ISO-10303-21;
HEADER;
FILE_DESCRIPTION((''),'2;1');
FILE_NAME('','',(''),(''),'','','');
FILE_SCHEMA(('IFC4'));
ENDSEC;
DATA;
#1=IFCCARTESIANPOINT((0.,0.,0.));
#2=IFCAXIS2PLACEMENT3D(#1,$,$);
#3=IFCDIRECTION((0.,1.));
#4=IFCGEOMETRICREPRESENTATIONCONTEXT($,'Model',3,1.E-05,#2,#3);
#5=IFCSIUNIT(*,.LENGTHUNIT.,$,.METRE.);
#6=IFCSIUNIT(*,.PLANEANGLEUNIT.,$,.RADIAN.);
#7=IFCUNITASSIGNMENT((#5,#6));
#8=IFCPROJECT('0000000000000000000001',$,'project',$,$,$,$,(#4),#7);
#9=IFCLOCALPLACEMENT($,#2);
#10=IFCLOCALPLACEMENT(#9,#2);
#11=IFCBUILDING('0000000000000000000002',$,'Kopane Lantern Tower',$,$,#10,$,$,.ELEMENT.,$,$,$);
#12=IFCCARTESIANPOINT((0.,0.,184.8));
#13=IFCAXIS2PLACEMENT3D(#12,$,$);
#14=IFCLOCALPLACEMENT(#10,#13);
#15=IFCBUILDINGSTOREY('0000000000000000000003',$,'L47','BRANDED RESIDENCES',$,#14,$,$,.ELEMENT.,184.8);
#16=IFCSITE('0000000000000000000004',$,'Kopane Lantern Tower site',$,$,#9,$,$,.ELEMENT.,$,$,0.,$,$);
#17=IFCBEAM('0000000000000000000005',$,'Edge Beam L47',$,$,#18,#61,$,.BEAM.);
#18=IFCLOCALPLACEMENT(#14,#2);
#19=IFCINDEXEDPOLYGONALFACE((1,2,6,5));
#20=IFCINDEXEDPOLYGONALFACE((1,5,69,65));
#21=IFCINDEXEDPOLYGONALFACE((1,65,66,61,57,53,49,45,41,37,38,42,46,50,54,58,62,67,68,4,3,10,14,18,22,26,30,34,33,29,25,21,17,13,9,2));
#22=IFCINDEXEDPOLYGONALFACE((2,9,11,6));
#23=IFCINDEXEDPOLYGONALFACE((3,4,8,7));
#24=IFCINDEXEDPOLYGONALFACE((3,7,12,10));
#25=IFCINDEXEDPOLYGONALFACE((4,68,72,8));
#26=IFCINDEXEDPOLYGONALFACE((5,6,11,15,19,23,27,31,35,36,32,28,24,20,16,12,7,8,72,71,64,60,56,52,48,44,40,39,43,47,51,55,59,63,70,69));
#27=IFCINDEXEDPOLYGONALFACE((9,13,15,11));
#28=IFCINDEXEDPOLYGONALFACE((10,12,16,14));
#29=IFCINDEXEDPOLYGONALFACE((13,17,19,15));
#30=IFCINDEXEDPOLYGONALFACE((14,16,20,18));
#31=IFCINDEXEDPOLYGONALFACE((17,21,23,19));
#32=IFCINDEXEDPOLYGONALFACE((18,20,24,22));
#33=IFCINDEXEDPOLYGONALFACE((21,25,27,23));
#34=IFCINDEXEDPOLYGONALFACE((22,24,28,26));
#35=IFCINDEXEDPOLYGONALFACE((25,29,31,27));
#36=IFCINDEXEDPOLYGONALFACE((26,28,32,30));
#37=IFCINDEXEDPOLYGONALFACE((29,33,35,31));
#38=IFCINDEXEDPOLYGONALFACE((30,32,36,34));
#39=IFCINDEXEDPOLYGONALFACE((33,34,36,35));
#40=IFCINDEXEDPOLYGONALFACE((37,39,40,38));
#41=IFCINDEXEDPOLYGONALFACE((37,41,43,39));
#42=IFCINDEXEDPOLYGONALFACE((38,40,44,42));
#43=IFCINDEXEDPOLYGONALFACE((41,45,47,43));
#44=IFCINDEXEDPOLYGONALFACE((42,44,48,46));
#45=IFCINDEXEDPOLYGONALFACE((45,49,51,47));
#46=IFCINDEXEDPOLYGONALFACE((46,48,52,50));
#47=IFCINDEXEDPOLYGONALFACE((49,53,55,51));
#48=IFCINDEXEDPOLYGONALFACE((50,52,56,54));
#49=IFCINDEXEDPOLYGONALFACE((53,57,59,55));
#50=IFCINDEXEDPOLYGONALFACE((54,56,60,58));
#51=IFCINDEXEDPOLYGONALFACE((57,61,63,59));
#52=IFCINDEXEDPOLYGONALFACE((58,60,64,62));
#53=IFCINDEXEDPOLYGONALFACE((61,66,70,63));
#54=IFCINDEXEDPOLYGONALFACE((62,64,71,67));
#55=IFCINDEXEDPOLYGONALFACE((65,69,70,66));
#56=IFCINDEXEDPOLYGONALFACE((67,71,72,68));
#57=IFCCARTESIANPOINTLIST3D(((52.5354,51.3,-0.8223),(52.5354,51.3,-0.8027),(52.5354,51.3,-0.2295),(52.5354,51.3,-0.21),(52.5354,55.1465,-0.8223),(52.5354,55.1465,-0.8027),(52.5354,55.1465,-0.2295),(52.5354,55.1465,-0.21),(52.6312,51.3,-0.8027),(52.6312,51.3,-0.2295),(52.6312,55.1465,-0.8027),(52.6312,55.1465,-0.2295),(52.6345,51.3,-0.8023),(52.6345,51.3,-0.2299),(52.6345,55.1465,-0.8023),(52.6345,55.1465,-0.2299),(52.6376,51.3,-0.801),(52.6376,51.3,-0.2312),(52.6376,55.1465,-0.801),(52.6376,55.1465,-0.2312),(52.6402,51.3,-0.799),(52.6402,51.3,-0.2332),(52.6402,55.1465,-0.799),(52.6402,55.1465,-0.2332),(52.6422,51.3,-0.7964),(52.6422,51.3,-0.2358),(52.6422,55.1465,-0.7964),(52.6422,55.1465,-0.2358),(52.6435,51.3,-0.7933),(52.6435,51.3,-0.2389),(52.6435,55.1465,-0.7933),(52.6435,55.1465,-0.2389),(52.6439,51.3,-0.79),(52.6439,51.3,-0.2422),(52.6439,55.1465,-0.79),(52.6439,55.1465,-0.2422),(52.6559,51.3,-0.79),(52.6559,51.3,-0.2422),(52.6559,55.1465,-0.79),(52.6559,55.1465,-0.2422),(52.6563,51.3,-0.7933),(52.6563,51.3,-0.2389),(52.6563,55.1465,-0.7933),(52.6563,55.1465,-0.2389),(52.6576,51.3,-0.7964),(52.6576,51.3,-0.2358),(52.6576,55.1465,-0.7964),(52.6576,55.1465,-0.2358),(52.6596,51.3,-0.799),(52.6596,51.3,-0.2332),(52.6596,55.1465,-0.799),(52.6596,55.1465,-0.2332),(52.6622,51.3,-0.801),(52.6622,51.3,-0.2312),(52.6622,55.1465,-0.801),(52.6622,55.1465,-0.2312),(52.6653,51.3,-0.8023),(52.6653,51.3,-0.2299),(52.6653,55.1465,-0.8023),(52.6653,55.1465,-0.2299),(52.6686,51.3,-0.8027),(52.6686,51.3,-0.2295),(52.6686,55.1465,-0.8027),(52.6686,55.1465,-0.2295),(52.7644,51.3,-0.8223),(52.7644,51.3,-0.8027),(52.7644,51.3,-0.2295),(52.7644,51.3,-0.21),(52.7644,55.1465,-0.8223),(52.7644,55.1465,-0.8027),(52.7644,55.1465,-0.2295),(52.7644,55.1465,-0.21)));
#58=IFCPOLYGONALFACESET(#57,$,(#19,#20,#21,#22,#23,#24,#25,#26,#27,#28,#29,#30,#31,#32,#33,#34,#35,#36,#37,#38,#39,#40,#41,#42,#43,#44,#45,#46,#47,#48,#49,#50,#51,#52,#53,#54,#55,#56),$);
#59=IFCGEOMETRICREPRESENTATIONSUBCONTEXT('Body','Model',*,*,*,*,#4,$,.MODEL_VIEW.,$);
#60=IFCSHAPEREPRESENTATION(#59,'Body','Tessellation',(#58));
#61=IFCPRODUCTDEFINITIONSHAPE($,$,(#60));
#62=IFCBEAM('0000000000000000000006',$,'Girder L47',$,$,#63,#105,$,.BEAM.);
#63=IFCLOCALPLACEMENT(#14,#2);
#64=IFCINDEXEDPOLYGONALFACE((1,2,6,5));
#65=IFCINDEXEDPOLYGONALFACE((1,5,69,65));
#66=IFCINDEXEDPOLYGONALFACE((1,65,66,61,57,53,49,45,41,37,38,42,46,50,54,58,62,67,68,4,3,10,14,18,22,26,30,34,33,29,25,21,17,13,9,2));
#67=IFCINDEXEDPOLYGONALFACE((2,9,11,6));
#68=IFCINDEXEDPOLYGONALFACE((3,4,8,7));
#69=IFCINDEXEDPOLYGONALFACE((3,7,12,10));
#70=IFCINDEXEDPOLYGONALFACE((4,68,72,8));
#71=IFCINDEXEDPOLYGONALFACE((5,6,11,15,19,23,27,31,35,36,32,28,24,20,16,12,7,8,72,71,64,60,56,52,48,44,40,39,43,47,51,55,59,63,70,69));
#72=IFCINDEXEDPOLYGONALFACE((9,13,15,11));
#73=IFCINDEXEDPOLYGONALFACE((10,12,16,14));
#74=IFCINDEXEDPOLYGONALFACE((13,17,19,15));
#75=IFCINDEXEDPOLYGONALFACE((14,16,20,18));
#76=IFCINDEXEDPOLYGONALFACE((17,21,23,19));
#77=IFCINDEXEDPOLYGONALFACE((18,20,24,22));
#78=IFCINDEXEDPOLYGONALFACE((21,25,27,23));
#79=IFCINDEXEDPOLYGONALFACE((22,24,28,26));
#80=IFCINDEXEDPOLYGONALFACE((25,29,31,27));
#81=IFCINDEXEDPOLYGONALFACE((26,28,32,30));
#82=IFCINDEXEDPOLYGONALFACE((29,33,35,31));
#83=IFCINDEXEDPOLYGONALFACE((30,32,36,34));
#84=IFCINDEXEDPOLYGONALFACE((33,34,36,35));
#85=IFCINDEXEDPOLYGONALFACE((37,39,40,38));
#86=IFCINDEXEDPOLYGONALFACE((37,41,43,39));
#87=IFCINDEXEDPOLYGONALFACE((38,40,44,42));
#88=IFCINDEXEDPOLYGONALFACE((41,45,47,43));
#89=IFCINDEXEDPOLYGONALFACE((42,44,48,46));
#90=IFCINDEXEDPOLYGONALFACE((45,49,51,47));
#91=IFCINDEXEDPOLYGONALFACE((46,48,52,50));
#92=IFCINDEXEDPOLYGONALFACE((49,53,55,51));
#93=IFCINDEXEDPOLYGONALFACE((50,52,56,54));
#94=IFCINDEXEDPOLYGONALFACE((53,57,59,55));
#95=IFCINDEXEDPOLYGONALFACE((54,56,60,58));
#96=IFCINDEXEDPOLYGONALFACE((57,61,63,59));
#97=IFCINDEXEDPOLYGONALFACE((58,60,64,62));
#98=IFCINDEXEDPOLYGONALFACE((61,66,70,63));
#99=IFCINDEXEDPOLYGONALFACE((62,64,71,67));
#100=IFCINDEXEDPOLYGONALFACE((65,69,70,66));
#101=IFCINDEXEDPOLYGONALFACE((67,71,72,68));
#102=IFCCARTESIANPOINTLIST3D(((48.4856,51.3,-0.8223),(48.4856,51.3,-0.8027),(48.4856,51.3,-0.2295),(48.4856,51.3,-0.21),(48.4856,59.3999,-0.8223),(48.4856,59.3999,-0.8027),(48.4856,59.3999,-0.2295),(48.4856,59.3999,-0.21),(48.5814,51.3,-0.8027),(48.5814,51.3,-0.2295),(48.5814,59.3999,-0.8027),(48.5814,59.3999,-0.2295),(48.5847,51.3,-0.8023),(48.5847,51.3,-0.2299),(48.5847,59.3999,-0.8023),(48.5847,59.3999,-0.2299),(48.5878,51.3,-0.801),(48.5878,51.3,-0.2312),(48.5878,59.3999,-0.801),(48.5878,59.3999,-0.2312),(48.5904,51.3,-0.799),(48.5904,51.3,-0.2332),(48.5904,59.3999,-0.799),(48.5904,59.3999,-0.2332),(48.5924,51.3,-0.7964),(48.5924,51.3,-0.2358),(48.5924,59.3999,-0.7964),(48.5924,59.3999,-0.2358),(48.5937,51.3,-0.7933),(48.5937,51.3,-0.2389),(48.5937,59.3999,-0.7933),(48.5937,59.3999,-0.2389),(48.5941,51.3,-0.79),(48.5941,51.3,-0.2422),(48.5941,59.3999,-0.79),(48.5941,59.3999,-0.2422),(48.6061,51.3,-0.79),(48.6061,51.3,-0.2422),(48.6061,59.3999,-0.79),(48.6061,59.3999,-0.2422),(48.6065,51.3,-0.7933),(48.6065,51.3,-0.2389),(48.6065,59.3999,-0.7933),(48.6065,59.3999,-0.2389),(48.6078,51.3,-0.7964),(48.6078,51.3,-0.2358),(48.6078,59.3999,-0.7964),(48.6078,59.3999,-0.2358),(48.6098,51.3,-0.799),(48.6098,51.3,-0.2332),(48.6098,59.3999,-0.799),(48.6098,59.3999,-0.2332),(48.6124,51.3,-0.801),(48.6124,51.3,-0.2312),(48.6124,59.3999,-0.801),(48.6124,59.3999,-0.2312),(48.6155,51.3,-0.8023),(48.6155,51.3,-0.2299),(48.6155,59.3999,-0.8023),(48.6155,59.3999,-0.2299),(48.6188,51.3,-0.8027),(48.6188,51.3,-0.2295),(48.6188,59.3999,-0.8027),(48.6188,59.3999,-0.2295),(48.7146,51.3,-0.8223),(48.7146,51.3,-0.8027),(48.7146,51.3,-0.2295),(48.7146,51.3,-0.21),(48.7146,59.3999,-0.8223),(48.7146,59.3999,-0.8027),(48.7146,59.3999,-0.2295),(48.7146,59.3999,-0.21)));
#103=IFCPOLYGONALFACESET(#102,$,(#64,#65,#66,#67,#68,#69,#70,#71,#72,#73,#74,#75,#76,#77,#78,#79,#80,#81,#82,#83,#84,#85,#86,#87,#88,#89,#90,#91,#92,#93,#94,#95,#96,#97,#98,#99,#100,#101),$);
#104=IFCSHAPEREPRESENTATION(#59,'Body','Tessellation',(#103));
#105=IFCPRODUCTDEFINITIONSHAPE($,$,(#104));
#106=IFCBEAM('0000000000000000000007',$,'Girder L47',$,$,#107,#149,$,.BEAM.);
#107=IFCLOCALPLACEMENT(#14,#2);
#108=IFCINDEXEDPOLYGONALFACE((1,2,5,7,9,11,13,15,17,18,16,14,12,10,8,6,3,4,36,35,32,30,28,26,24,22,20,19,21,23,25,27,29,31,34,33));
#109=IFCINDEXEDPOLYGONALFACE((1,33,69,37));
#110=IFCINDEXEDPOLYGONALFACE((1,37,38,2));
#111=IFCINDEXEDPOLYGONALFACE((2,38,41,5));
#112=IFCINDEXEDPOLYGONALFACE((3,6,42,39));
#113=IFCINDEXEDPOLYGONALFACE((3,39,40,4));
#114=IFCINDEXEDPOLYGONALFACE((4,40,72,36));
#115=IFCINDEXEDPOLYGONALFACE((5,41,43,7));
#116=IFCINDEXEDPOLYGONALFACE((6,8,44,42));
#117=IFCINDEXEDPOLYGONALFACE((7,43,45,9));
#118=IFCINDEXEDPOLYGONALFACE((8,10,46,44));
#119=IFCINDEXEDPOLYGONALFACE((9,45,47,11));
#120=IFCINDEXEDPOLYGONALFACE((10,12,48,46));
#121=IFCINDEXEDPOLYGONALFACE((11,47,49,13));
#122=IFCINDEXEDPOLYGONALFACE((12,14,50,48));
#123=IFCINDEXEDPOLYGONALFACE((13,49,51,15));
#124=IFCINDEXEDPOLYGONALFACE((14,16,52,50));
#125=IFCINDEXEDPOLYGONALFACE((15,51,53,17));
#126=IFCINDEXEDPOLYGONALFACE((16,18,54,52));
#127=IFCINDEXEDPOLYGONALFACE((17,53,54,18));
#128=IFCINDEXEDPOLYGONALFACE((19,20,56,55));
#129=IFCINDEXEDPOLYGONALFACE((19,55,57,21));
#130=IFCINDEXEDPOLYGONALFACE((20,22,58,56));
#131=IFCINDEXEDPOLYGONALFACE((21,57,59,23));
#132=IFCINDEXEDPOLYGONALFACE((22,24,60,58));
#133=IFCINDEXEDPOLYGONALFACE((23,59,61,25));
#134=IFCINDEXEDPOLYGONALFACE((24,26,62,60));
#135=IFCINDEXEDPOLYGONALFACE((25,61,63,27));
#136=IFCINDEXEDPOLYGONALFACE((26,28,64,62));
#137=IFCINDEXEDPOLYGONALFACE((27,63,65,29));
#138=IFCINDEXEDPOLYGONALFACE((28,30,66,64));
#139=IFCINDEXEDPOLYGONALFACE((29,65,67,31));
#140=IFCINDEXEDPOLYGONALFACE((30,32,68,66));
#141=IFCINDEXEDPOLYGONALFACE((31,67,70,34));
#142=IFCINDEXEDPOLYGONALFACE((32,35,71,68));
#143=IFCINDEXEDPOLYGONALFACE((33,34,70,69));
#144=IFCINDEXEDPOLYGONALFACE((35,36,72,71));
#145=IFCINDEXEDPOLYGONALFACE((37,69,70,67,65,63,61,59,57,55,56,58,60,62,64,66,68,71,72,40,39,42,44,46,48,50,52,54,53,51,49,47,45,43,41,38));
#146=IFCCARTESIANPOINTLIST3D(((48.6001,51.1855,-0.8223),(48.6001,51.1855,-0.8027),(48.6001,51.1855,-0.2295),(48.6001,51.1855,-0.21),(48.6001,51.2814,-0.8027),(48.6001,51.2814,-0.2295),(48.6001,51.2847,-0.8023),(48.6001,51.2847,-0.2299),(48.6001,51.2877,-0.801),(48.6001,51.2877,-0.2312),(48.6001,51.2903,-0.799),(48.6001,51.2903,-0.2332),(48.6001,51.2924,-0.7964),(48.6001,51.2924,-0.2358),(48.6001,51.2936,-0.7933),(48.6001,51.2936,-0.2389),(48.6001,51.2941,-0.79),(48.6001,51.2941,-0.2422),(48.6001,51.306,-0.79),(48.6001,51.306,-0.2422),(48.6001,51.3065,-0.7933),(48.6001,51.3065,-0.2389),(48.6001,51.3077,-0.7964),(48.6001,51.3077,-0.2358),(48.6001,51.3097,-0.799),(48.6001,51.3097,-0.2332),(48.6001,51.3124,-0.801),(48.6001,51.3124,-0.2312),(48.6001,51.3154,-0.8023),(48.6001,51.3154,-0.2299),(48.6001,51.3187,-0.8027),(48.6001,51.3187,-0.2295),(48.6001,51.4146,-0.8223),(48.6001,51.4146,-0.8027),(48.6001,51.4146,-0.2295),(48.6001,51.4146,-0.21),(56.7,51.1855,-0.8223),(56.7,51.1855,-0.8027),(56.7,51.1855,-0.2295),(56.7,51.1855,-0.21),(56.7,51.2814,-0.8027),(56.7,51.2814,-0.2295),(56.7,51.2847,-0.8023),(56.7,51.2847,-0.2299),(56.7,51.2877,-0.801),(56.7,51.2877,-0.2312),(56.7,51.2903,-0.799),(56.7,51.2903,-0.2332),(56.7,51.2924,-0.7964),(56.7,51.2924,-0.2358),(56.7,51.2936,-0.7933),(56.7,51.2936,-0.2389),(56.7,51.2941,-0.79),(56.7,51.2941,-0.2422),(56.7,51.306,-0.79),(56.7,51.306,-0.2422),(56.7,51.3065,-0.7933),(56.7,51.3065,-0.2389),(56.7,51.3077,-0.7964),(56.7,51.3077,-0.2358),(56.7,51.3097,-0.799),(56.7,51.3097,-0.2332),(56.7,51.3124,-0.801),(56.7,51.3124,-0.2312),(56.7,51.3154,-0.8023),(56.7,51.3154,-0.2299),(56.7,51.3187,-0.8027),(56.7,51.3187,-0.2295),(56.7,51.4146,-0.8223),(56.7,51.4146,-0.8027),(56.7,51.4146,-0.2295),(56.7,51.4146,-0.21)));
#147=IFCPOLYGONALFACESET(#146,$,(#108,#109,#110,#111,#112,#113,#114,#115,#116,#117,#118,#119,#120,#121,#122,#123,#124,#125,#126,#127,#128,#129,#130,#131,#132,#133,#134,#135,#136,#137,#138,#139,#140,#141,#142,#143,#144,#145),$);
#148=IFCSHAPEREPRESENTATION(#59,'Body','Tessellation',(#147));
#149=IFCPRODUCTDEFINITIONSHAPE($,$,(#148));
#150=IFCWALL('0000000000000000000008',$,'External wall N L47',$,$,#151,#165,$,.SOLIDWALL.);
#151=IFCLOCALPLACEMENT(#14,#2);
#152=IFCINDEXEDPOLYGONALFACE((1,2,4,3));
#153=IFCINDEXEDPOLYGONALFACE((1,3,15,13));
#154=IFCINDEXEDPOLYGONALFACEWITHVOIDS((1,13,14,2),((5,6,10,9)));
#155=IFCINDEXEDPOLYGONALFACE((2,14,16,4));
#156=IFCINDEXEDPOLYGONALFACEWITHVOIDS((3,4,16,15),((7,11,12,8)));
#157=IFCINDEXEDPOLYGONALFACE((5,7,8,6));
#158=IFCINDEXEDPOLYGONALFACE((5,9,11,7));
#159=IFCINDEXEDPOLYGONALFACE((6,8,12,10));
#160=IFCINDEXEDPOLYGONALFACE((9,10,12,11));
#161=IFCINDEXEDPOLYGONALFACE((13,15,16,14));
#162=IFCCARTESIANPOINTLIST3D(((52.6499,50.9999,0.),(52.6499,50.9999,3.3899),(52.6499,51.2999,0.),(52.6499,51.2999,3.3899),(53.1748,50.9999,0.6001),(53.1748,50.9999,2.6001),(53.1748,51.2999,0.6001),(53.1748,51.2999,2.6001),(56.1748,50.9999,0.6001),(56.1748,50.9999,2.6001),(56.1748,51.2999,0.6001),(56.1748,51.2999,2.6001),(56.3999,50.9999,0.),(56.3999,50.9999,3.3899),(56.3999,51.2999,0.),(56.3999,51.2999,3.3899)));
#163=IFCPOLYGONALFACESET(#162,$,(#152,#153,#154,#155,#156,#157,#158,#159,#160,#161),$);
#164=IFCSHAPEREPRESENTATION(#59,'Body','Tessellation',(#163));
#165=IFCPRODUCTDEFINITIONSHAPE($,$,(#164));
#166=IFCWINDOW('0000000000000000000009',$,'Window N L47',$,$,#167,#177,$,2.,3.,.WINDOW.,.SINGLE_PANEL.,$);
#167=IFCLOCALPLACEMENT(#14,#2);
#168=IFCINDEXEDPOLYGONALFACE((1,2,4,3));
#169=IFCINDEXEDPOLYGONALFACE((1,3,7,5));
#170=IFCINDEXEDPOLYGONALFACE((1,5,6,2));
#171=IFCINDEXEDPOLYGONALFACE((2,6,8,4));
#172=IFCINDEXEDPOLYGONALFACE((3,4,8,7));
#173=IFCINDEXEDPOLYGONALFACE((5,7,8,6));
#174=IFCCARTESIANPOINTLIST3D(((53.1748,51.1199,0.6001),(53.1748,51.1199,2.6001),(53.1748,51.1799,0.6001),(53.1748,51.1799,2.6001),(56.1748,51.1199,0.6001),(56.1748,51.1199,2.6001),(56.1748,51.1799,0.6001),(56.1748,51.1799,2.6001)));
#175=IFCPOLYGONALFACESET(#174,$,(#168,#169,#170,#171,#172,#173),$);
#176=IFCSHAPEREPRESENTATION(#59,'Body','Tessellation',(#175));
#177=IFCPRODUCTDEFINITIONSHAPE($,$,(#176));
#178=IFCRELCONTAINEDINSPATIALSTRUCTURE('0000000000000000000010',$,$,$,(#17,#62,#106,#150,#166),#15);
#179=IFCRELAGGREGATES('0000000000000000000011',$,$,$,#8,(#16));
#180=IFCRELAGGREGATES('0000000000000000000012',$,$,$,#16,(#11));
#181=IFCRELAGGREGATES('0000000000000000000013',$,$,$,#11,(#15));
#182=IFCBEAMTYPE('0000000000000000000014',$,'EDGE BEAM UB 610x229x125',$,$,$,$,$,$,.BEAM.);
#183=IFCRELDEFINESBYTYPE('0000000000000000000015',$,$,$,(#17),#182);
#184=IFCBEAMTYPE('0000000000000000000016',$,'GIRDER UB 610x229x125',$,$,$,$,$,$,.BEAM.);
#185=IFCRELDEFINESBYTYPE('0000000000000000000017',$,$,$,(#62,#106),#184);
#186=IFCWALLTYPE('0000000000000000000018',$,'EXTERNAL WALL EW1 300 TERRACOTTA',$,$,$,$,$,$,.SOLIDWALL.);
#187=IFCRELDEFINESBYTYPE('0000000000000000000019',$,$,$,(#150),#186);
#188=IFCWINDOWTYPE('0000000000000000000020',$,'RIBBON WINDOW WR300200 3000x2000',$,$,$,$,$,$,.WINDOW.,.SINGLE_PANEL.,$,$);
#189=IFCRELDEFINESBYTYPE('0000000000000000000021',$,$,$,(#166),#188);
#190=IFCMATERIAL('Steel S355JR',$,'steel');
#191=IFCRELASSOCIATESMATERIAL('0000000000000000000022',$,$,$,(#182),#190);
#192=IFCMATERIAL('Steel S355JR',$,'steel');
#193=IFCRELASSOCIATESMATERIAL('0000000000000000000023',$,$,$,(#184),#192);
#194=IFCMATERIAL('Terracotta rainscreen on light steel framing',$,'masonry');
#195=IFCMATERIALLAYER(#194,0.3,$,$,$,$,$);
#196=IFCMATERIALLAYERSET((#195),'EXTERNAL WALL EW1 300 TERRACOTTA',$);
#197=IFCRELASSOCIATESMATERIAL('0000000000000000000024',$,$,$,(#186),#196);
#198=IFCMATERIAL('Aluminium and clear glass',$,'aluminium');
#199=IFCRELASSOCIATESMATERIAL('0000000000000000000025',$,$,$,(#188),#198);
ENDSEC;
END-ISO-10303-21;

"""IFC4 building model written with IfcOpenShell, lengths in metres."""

from ifc_helpers import new_model, si_unit, direction, frame, frame_2d, origin, origin_2d, place, context, subcontext, project, spatial, rectangle, i_section, extrude, material, layer, layer_set, material_profile, profile_set, type_object, element, fill, save


model = new_model("IFC4")

# Units and contexts
model_context = context("Model", 3, precision=1e-05, world=origin(), true_north=direction((0.0, 1.0)))
body_context = subcontext(model_context, "Body", "Model", "MODEL_VIEW")
ifc_project = project(units=[si_unit("LENGTHUNIT", "METRE"), si_unit("PLANEANGLEUNIT", "RADIAN")], contexts=[model_context])

# Site, building, storey
site_placement = place(None, origin())
site = spatial("IfcSite", under=ifc_project, at=site_placement, Name="Kopane Lantern Tower site", CompositionType="ELEMENT", RefElevation=0.0)
building_placement = place(site_placement, origin())
building = spatial("IfcBuilding", under=site, at=building_placement, Name="Kopane Lantern Tower", CompositionType="ELEMENT")
storey_placement = place(building_placement, frame((0.0, 0.0, 184.8)))
storey = spatial("IfcBuildingStorey", under=building, at=storey_placement, Name="L47", Description="BRANDED RESIDENCES", CompositionType="ELEMENT", Elevation=184.8)

# Beams
ifc_material_1 = material(Name="Steel S355JR", Category="steel")
ifc_material_profile_1 = material_profile(ifc_material_1, i_section(OverallWidth=0.229, OverallDepth=0.6123, WebThickness=0.012, FlangeThickness=0.0195, FilletRadius=0.0127, at=origin_2d()), Name="UB 610x229x125")
ifc_profile_set_1 = profile_set([ifc_material_profile_1], Name="Steel S355JR")
beam_type_1 = type_object("IfcBeamType", Name="EDGE BEAM UB 610x229x125", PredefinedType="BEAM", material=ifc_profile_set_1)
for number, where, z_axis, x_axis, name in (
    (1, (52.6499, 55.1465, -0.5161), (0.0, -1.0, 0.0), (1.0, 0.0, 0.0), "Edge Beam L47"),
):
    element("IfcBeam", number, at=place(storey_placement, frame(where, z_axis=z_axis, x_axis=x_axis)), inside=storey, type_object=beam_type_1, Name=name, PredefinedType="BEAM", context=body_context, shape_type="SweptSolid", body=[
        extrude(i_section(OverallWidth=0.229, OverallDepth=0.6123, WebThickness=0.012, FlangeThickness=0.0195, FilletRadius=0.0127, at=origin_2d()), origin(), (0.0, 0.0, 1.0), 3.8464),
    ])
ifc_material_2 = material(Name="Steel S355JR", Category="steel")
ifc_material_profile_2 = material_profile(ifc_material_2, i_section(OverallWidth=0.229, OverallDepth=0.6123, WebThickness=0.012, FlangeThickness=0.0195, FilletRadius=0.0127, at=origin_2d()), Name="UB 610x229x125")
ifc_profile_set_2 = profile_set([ifc_material_profile_2], Name="Steel S355JR")
beam_type_2 = type_object("IfcBeamType", Name="GIRDER UB 610x229x125", PredefinedType="BEAM", material=ifc_profile_set_2)
for number, where, z_axis, x_axis, name in (
    (2, (48.6001, 51.3, -0.5161), (0.0, 1.0, 0.0), (-1.0, 0.0, 0.0), "Girder L47"),
    (3, (48.6001, 51.3, -0.5161), (1.0, 0.0, 0.0), (0.0, 1.0, 0.0), "Girder L47"),
):
    element("IfcBeam", number, at=place(storey_placement, frame(where, z_axis=z_axis, x_axis=x_axis)), inside=storey, type_object=beam_type_2, Name=name, PredefinedType="BEAM", context=body_context, shape_type="SweptSolid", body=[
        extrude(i_section(OverallWidth=0.229, OverallDepth=0.6123, WebThickness=0.012, FlangeThickness=0.0195, FilletRadius=0.0127, at=origin_2d()), origin(), (0.0, 0.0, 1.0), 8.0999),
    ])

# Wall, opening, window
ifc_material_3 = material(Name="Terracotta rainscreen on light steel framing", Category="masonry")
ifc_layer = layer(ifc_material_3, 0.3)
ifc_layer_set = layer_set([ifc_layer], Name="EXTERNAL WALL EW1 300 TERRACOTTA")
wall_type = type_object("IfcWallType", Name="EXTERNAL WALL EW1 300 TERRACOTTA", PredefinedType="SOLIDWALL", material=ifc_layer_set)
wall_1_placement = place(storey_placement, frame((56.3999, 51.1499, 0.0), z_axis=(0.0, 0.0, 1.0), x_axis=(-1.0, 0.0, 0.0)))
wall_1 = element("IfcWall", 4, at=wall_1_placement, inside=storey, type_object=wall_type, Name="External wall N L47", PredefinedType="SOLIDWALL", context=body_context, shape_type="SweptSolid", body=[
    extrude(rectangle(XDim=3.75, YDim=0.3, at=frame_2d((1.875, 0.0))), origin(), (0.0, 0.0, 1.0), 3.3899),
])
opening_1_placement = place(wall_1_placement, frame((0.2251, 0.0, 0.6001)))
opening_1 = element("IfcOpeningElement", 5, at=opening_1_placement, cuts=wall_1, PredefinedType="OPENING", context=body_context, shape_type="SweptSolid", body=[
    extrude(rectangle(XDim=3.0, YDim=2.0, at=frame_2d((1.5, 1.0))), frame((0.0, 0.1599, 0.0), z_axis=(0.0, -1.0, 0.0), x_axis=(1.0, 0.0, 0.0)), (0.0, 0.0, 1.0), 0.3201),
])
ifc_material_4 = material(Name="Aluminium and clear glass", Category="aluminium")
window_type = type_object("IfcWindowType", Name="RIBBON WINDOW WR300200 3000x2000", PartitioningType="SINGLE_PANEL", PredefinedType="WINDOW", material=ifc_material_4)
window_1_placement = place(opening_1_placement, origin())
window_1 = element("IfcWindow", 6, at=window_1_placement, inside=storey, type_object=window_type, Name="Window N L47", OverallHeight=2.0, OverallWidth=3.0, PartitioningType="SINGLE_PANEL", PredefinedType="WINDOW", context=body_context, shape_type="SweptSolid", body=[
    extrude(rectangle(XDim=3.0, YDim=2.0, at=frame_2d((1.5, 1.0))), frame((0.0, 0.03, 0.0), z_axis=(0.0, -1.0, 0.0), x_axis=(1.0, 0.0, 0.0)), (0.0, 0.0, 1.0), 0.0601),
])
fill(opening_1, window_1)

save(model, "model.ifc")
